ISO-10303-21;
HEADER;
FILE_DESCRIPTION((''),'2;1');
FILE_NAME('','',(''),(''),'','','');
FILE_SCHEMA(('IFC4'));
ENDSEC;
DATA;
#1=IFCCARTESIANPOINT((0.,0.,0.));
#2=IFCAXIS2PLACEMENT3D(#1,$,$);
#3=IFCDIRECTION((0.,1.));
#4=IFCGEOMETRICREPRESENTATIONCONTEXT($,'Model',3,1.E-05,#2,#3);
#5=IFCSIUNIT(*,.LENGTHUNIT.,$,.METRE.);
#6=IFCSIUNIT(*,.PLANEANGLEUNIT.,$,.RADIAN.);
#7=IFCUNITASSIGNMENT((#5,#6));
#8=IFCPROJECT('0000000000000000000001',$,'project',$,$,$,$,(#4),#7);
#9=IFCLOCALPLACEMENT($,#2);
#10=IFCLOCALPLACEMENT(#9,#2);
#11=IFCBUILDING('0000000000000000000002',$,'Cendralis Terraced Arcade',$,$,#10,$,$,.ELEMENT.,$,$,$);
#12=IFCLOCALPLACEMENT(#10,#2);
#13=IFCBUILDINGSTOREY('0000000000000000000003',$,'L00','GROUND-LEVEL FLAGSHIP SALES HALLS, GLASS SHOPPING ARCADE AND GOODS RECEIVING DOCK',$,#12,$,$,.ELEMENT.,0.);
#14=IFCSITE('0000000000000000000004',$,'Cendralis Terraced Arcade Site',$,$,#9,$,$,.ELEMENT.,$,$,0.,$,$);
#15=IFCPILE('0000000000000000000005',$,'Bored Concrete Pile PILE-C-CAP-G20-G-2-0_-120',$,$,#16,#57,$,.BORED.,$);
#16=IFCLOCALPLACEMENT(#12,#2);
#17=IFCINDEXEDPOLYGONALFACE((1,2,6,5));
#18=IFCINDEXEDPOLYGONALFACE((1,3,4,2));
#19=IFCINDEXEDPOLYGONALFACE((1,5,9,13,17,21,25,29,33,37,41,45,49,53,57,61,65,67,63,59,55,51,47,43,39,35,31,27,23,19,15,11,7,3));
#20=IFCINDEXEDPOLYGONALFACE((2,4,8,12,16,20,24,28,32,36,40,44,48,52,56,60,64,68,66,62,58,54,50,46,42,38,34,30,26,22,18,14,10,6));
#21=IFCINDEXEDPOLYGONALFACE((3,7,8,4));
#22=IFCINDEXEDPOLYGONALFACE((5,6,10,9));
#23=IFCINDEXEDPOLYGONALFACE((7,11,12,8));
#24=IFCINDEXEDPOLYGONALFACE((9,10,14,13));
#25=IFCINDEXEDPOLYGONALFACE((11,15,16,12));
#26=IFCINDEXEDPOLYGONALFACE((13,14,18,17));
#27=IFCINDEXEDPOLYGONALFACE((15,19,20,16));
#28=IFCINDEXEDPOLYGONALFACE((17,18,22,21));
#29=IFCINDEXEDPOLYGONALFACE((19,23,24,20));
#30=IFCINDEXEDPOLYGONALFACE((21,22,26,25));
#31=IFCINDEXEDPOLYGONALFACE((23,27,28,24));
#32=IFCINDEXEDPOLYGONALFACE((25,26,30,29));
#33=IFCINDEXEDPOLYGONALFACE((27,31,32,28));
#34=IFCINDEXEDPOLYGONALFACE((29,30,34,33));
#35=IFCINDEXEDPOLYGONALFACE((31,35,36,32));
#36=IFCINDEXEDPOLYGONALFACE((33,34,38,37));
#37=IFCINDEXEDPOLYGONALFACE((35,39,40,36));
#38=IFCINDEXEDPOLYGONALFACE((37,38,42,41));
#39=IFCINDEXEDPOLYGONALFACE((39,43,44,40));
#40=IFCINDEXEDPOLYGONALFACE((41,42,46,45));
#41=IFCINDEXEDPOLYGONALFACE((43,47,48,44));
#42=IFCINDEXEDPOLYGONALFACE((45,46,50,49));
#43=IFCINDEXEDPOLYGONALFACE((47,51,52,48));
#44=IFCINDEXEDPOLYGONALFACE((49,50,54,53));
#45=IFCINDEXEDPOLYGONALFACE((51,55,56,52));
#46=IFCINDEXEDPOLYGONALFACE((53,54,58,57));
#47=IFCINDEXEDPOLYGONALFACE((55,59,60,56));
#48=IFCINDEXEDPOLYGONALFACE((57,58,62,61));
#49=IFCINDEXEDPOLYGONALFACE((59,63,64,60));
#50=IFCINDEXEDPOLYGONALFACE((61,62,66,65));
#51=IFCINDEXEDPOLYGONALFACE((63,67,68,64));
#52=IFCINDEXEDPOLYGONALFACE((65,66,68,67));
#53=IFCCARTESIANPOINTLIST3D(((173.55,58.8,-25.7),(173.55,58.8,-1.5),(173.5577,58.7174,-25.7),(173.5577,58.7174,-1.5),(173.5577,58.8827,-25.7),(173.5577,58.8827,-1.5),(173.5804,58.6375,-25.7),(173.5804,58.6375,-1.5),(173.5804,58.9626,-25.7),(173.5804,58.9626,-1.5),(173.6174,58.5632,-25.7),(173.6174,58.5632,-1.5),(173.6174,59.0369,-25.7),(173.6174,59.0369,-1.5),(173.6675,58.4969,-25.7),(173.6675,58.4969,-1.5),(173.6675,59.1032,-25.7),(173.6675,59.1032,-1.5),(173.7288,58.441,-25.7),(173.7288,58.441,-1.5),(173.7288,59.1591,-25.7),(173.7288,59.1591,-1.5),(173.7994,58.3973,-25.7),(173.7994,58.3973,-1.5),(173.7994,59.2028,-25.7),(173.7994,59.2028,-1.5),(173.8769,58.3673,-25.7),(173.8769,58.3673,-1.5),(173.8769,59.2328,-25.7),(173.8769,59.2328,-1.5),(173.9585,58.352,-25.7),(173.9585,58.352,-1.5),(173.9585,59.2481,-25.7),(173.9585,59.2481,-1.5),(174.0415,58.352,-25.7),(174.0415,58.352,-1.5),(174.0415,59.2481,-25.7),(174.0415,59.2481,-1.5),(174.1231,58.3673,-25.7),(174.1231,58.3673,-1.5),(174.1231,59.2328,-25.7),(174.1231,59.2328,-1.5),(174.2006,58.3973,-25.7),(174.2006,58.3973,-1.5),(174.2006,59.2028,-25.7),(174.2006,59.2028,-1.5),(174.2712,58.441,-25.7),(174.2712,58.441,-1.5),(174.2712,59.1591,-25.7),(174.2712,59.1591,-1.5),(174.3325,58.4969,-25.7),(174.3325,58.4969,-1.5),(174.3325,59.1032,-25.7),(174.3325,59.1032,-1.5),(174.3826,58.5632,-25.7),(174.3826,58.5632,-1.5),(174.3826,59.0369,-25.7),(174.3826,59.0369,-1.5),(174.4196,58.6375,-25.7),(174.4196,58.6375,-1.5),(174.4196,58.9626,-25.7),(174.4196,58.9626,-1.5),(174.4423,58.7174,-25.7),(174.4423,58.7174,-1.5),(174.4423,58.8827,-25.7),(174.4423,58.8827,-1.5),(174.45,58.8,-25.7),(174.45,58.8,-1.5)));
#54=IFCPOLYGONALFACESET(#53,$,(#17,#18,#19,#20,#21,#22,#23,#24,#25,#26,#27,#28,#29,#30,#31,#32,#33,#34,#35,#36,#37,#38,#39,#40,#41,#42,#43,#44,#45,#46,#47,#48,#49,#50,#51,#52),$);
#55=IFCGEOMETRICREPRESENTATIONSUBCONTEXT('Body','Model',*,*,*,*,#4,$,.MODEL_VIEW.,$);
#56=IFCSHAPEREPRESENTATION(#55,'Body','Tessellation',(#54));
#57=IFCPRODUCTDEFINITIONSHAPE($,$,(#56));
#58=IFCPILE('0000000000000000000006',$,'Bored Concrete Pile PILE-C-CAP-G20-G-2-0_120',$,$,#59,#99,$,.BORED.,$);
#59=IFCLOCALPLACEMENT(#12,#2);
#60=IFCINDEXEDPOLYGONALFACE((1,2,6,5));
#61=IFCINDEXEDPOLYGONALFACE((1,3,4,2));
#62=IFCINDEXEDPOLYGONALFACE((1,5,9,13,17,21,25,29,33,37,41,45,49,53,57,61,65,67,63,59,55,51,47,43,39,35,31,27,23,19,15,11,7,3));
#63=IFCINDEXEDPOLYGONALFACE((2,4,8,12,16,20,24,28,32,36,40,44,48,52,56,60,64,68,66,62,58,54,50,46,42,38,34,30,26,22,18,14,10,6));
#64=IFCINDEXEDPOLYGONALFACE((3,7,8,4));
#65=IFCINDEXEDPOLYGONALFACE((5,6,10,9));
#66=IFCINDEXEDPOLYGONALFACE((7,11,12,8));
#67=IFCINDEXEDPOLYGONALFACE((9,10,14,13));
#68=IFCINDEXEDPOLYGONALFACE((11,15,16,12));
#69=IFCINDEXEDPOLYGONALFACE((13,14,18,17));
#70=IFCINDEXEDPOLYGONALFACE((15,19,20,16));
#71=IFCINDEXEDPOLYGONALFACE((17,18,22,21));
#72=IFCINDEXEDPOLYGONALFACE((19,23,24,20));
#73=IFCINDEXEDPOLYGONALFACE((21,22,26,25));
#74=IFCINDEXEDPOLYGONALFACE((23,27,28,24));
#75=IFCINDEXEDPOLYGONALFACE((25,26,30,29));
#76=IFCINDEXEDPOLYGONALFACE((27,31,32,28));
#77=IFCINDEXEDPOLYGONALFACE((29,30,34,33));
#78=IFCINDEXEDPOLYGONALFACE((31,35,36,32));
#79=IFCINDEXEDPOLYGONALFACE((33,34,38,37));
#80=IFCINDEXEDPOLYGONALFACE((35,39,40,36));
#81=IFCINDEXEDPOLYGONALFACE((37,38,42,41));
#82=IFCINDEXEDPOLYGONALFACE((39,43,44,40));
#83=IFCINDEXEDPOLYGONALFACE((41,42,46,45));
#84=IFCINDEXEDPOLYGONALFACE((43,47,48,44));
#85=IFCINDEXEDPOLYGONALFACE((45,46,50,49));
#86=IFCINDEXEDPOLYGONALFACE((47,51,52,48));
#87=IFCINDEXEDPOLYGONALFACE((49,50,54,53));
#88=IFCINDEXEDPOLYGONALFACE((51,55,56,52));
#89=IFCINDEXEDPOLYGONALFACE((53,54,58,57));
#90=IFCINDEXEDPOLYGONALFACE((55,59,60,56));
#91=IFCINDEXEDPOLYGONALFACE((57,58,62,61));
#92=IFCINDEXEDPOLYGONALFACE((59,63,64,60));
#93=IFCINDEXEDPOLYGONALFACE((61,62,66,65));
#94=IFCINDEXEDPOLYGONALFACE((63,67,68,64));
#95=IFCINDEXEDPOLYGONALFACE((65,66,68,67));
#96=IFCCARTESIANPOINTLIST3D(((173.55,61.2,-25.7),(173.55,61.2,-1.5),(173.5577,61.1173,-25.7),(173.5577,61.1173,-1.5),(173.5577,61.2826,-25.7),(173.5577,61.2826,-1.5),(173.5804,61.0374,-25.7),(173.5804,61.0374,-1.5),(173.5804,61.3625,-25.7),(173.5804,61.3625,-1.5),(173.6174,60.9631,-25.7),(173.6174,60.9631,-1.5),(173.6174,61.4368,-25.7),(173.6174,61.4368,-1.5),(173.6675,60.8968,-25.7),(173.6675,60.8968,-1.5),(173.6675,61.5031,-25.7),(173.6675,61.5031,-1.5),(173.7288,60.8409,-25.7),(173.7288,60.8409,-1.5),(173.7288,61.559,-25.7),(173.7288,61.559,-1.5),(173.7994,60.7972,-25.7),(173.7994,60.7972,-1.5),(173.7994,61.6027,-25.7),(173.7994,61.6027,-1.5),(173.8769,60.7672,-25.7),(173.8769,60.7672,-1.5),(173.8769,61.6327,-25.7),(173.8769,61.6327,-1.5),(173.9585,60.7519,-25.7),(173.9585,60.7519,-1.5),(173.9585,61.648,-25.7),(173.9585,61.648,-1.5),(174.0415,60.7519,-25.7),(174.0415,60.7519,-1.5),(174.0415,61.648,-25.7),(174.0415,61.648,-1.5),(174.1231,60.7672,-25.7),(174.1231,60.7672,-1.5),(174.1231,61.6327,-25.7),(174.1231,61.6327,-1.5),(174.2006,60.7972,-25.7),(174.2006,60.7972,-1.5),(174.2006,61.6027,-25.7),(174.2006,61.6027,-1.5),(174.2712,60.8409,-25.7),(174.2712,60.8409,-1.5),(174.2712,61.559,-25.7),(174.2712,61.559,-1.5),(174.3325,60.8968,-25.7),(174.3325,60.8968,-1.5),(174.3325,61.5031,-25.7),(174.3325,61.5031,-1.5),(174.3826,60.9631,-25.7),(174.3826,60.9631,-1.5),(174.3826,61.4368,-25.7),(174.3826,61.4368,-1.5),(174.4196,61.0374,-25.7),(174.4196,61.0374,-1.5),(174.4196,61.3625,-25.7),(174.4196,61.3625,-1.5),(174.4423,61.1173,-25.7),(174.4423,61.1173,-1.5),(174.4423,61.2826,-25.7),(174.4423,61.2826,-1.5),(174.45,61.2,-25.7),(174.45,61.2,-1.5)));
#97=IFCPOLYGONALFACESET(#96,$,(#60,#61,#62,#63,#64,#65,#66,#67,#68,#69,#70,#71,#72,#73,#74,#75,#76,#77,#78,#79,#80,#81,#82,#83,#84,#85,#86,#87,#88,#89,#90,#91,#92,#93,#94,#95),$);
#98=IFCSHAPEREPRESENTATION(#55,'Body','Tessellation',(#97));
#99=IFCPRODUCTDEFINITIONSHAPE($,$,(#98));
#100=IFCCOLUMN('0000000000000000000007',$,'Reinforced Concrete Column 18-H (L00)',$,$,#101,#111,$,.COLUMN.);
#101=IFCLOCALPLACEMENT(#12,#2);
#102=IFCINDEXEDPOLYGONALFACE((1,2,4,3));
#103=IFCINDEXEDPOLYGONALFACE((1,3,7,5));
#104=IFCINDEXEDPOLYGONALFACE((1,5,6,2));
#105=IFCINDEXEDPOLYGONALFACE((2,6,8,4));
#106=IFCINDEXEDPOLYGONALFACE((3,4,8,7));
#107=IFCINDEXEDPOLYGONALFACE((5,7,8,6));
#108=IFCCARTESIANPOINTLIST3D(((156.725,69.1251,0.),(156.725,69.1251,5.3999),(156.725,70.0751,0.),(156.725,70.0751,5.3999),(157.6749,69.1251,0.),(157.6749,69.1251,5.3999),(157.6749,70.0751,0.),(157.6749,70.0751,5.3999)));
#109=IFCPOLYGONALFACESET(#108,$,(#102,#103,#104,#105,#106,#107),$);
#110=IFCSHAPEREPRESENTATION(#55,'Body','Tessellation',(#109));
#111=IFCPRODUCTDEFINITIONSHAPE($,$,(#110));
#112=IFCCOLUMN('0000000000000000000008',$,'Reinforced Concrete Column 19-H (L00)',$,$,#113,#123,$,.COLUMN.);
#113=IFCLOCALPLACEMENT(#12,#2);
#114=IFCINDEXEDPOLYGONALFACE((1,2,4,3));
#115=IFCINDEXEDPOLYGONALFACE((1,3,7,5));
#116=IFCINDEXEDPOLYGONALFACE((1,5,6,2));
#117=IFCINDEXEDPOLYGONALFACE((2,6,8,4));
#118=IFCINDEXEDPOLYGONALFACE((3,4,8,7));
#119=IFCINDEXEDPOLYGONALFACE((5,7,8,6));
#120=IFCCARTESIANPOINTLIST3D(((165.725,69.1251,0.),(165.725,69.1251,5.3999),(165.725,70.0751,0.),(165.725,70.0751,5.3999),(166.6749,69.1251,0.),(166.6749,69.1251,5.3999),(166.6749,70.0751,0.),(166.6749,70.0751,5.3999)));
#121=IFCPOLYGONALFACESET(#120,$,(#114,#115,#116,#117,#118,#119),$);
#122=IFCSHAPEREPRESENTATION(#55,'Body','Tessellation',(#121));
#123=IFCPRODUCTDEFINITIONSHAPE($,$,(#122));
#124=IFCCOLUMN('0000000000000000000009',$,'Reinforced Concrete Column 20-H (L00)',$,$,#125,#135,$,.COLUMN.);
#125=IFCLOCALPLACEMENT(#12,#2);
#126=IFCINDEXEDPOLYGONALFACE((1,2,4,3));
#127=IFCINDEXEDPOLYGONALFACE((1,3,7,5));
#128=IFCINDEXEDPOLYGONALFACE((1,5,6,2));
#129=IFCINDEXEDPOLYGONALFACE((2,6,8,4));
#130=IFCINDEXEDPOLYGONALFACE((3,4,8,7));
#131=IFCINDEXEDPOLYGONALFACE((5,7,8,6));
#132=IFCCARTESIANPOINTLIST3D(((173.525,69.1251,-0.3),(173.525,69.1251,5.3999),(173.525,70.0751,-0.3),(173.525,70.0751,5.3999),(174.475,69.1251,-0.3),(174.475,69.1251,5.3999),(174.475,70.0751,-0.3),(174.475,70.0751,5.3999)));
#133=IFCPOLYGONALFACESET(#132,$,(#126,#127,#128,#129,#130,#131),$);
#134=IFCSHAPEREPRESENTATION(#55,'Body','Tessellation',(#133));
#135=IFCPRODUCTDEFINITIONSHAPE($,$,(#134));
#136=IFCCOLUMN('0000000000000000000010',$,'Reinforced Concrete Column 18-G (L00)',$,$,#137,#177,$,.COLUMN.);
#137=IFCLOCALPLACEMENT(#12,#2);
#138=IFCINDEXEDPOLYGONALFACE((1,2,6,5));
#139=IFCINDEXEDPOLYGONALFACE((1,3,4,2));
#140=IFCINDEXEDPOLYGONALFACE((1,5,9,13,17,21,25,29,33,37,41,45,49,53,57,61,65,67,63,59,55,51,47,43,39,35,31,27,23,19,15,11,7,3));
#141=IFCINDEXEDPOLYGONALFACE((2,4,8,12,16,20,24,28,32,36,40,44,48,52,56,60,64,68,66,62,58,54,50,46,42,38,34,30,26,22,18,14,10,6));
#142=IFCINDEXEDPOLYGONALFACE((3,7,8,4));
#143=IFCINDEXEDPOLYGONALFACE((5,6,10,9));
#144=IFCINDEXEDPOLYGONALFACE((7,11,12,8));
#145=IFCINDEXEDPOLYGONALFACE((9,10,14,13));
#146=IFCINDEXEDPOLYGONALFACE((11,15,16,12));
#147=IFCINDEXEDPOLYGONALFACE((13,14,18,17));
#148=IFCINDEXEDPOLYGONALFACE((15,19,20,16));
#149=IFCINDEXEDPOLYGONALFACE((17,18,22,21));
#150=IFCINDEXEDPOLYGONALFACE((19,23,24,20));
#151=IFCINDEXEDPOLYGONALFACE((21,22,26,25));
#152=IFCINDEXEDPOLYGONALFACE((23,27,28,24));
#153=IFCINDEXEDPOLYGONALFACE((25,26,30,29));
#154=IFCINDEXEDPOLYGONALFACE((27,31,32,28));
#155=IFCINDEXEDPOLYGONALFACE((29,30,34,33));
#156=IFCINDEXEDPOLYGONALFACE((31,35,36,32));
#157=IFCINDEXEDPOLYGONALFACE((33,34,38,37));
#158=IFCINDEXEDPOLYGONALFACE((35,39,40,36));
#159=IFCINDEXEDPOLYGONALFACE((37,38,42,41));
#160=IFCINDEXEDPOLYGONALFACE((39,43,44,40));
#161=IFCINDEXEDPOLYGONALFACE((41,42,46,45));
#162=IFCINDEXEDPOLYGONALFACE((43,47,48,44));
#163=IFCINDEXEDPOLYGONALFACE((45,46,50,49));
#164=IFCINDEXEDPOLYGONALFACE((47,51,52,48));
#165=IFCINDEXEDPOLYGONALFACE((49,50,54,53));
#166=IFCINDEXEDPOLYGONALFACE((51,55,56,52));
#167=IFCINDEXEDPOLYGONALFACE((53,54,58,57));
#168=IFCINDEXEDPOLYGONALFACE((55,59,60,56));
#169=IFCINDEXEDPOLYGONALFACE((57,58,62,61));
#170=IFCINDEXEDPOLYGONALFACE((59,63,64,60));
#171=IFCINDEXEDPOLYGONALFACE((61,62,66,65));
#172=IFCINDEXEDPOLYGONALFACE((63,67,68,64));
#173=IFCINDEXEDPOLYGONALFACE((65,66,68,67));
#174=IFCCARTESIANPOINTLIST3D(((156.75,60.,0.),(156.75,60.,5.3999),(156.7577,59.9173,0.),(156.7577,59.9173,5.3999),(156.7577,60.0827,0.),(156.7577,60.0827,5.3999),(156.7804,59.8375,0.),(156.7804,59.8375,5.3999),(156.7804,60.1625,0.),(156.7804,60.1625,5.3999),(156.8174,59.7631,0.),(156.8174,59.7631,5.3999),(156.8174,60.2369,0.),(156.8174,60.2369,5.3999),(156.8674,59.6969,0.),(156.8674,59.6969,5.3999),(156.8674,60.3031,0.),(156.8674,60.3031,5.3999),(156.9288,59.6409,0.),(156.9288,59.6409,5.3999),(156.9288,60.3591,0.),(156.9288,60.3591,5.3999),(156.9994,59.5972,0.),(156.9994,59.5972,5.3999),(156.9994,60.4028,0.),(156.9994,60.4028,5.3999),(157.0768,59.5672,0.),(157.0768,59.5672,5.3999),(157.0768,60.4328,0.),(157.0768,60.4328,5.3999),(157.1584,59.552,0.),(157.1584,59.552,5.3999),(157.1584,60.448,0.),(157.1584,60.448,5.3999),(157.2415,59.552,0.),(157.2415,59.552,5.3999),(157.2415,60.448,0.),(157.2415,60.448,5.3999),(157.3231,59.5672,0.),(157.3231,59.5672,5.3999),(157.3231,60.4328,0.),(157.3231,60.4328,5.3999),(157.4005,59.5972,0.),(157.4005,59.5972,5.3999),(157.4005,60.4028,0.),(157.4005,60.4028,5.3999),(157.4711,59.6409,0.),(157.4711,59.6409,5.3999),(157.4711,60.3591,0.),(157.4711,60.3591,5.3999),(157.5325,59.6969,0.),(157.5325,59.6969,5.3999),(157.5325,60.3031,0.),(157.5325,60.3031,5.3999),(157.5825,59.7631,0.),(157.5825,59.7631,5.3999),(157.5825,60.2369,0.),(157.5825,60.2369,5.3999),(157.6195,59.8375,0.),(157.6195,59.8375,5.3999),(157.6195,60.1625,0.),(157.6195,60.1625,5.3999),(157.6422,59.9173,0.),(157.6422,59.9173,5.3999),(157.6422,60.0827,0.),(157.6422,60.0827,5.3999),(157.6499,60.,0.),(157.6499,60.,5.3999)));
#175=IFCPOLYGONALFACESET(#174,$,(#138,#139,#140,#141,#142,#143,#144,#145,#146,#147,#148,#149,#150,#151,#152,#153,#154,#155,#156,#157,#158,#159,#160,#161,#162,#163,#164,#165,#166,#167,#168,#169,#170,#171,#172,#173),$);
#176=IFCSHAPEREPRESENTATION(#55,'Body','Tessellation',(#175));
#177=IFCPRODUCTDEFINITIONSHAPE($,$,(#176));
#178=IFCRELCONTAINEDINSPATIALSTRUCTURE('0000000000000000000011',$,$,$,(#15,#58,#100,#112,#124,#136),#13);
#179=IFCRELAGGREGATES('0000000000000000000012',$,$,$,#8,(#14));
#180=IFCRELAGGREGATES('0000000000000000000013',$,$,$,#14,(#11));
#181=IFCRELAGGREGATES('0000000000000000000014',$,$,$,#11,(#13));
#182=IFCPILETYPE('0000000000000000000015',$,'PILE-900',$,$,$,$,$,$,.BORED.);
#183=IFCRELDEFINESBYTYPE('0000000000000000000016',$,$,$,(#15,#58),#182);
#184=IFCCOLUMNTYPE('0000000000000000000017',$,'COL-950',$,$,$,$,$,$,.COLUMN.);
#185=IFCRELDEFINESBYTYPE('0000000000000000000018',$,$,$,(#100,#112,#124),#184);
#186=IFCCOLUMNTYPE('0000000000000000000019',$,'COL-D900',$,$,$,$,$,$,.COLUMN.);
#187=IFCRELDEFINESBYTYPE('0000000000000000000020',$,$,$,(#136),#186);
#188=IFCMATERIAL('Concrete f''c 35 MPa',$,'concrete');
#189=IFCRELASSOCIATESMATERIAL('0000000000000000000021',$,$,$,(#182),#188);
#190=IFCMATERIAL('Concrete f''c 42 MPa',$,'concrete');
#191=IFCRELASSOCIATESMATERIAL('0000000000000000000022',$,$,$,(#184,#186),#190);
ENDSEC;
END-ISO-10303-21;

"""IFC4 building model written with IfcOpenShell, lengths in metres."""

from ifc_helpers import new_model, si_unit, direction, frame, origin, origin_2d, place, context, subcontext, project, spatial, rectangle, circle, extrude, material, material_profile, profile_set, type_object, element, save


model = new_model("IFC4")

# Units and contexts
model_context = context("Model", 3, precision=1e-05, world=origin(), true_north=direction((0.0, 1.0)))
body_context = subcontext(model_context, "Body", "Model", "MODEL_VIEW")
ifc_project = project(units=[si_unit("LENGTHUNIT", "METRE"), si_unit("PLANEANGLEUNIT", "RADIAN")], contexts=[model_context])

# Site, building, storey
site_placement = place(None, origin())
site = spatial("IfcSite", under=ifc_project, at=site_placement, Name="Cendralis Terraced Arcade Site", CompositionType="ELEMENT", RefElevation=0.0)
building_placement = place(site_placement, origin())
building = spatial("IfcBuilding", under=site, at=building_placement, Name="Cendralis Terraced Arcade", CompositionType="ELEMENT")
storey_placement = place(building_placement, origin())
storey = spatial("IfcBuildingStorey", under=building, at=storey_placement, Name="L00", Description="GROUND-LEVEL FLAGSHIP SALES HALLS, GLASS SHOPPING ARCADE AND GOODS RECEIVING DOCK", CompositionType="ELEMENT", Elevation=0.0)

# Shared definitions
ifc_material_1 = material(Name="Concrete f'c 35 MPa", Category="concrete")

# Piles
ifc_material_profile_1 = material_profile(ifc_material_1, circle(Radius=0.45, at=origin_2d()), Name="PILE-D900", Category="LoadBearing")
ifc_profile_set_1 = profile_set([ifc_material_profile_1], Name="Concrete f'c 35 MPa")
pile_type_1 = type_object("IfcPileType", Name="PILE-900", PredefinedType="BORED", material=ifc_profile_set_1)
for number, where, z_axis, x_axis, name in (
    (1, (174.0, 58.8, -1.5), (0.0, 0.0, -1.0), (1.0, 0.0, 0.0), "Bored Concrete Pile PILE-C-CAP-G20-G-2-0_-120"),
    (2, (174.0, 61.2, -1.5), (0.0, 0.0, -1.0), (1.0, 0.0, 0.0), "Bored Concrete Pile PILE-C-CAP-G20-G-2-0_120"),
):
    element("IfcPile", number, at=place(storey_placement, frame(where, z_axis=z_axis, x_axis=x_axis)), inside=storey, type_object=pile_type_1, Name=name, PredefinedType="BORED", context=body_context, shape_type="SweptSolid", body=[
        extrude(circle(Radius=0.45, at=origin_2d()), origin(), (0.0, 0.0, 1.0), 24.2),
    ])

# Columns
ifc_material_2 = material(Name="Concrete f'c 42 MPa", Category="concrete")
ifc_material_profile_2 = material_profile(ifc_material_2, rectangle(XDim=0.95, YDim=0.95, at=origin_2d()), Name="RC-COL-950x950", Category="LoadBearing")
ifc_profile_set_2 = profile_set([ifc_material_profile_2], Name="Concrete f'c 42 MPa")
column_type_1 = type_object("IfcColumnType", Name="COL-950", PredefinedType="COLUMN", material=ifc_profile_set_2)
for number, where, z_axis, x_axis, name in (
    (3, (157.2, 69.6001, 0.0), (0.0, 0.0, 1.0), (1.0, 0.0, 0.0), "Reinforced Concrete Column 18-H (L00)"),
    (4, (166.2, 69.6001, 0.0), (0.0, 0.0, 1.0), (1.0, 0.0, 0.0), "Reinforced Concrete Column 19-H (L00)"),
):
    element("IfcColumn", number, at=place(storey_placement, frame(where, z_axis=z_axis, x_axis=x_axis)), inside=storey, type_object=column_type_1, Name=name, PredefinedType="COLUMN", context=body_context, shape_type="SweptSolid", body=[
        extrude(rectangle(XDim=0.95, YDim=0.95, at=origin_2d()), origin(), (0.0, 0.0, 1.0), 5.3999),
    ])
column_1_placement = place(storey_placement, frame((174.0, 69.6001, -0.3), z_axis=(0.0, 0.0, 1.0), x_axis=(1.0, 0.0, 0.0)))
element("IfcColumn", 5, at=column_1_placement, inside=storey, type_object=column_type_1, Name="Reinforced Concrete Column 20-H (L00)", PredefinedType="COLUMN", context=body_context, shape_type="SweptSolid", body=[
    extrude(rectangle(XDim=0.95, YDim=0.95, at=origin_2d()), origin(), (0.0, 0.0, 1.0), 5.7),
])
ifc_material_profile_3 = material_profile(ifc_material_2, circle(Radius=0.45, at=origin_2d()), Name="RC-COL-D900", Category="LoadBearing")
ifc_profile_set_3 = profile_set([ifc_material_profile_3], Name="Concrete f'c 42 MPa")
column_type_2 = type_object("IfcColumnType", Name="COL-D900", PredefinedType="COLUMN", material=ifc_profile_set_3)
for number, where, z_axis, x_axis, name in (
    (6, (157.2, 60.0, 0.0), (0.0, 0.0, 1.0), (1.0, 0.0, 0.0), "Reinforced Concrete Column 18-G (L00)"),
):
    element("IfcColumn", number, at=place(storey_placement, frame(where, z_axis=z_axis, x_axis=x_axis)), inside=storey, type_object=column_type_2, Name=name, PredefinedType="COLUMN", context=body_context, shape_type="SweptSolid", body=[
        extrude(circle(Radius=0.45, at=origin_2d()), origin(), (0.0, 0.0, 1.0), 5.3999),
    ])

save(model, "model.ifc")
